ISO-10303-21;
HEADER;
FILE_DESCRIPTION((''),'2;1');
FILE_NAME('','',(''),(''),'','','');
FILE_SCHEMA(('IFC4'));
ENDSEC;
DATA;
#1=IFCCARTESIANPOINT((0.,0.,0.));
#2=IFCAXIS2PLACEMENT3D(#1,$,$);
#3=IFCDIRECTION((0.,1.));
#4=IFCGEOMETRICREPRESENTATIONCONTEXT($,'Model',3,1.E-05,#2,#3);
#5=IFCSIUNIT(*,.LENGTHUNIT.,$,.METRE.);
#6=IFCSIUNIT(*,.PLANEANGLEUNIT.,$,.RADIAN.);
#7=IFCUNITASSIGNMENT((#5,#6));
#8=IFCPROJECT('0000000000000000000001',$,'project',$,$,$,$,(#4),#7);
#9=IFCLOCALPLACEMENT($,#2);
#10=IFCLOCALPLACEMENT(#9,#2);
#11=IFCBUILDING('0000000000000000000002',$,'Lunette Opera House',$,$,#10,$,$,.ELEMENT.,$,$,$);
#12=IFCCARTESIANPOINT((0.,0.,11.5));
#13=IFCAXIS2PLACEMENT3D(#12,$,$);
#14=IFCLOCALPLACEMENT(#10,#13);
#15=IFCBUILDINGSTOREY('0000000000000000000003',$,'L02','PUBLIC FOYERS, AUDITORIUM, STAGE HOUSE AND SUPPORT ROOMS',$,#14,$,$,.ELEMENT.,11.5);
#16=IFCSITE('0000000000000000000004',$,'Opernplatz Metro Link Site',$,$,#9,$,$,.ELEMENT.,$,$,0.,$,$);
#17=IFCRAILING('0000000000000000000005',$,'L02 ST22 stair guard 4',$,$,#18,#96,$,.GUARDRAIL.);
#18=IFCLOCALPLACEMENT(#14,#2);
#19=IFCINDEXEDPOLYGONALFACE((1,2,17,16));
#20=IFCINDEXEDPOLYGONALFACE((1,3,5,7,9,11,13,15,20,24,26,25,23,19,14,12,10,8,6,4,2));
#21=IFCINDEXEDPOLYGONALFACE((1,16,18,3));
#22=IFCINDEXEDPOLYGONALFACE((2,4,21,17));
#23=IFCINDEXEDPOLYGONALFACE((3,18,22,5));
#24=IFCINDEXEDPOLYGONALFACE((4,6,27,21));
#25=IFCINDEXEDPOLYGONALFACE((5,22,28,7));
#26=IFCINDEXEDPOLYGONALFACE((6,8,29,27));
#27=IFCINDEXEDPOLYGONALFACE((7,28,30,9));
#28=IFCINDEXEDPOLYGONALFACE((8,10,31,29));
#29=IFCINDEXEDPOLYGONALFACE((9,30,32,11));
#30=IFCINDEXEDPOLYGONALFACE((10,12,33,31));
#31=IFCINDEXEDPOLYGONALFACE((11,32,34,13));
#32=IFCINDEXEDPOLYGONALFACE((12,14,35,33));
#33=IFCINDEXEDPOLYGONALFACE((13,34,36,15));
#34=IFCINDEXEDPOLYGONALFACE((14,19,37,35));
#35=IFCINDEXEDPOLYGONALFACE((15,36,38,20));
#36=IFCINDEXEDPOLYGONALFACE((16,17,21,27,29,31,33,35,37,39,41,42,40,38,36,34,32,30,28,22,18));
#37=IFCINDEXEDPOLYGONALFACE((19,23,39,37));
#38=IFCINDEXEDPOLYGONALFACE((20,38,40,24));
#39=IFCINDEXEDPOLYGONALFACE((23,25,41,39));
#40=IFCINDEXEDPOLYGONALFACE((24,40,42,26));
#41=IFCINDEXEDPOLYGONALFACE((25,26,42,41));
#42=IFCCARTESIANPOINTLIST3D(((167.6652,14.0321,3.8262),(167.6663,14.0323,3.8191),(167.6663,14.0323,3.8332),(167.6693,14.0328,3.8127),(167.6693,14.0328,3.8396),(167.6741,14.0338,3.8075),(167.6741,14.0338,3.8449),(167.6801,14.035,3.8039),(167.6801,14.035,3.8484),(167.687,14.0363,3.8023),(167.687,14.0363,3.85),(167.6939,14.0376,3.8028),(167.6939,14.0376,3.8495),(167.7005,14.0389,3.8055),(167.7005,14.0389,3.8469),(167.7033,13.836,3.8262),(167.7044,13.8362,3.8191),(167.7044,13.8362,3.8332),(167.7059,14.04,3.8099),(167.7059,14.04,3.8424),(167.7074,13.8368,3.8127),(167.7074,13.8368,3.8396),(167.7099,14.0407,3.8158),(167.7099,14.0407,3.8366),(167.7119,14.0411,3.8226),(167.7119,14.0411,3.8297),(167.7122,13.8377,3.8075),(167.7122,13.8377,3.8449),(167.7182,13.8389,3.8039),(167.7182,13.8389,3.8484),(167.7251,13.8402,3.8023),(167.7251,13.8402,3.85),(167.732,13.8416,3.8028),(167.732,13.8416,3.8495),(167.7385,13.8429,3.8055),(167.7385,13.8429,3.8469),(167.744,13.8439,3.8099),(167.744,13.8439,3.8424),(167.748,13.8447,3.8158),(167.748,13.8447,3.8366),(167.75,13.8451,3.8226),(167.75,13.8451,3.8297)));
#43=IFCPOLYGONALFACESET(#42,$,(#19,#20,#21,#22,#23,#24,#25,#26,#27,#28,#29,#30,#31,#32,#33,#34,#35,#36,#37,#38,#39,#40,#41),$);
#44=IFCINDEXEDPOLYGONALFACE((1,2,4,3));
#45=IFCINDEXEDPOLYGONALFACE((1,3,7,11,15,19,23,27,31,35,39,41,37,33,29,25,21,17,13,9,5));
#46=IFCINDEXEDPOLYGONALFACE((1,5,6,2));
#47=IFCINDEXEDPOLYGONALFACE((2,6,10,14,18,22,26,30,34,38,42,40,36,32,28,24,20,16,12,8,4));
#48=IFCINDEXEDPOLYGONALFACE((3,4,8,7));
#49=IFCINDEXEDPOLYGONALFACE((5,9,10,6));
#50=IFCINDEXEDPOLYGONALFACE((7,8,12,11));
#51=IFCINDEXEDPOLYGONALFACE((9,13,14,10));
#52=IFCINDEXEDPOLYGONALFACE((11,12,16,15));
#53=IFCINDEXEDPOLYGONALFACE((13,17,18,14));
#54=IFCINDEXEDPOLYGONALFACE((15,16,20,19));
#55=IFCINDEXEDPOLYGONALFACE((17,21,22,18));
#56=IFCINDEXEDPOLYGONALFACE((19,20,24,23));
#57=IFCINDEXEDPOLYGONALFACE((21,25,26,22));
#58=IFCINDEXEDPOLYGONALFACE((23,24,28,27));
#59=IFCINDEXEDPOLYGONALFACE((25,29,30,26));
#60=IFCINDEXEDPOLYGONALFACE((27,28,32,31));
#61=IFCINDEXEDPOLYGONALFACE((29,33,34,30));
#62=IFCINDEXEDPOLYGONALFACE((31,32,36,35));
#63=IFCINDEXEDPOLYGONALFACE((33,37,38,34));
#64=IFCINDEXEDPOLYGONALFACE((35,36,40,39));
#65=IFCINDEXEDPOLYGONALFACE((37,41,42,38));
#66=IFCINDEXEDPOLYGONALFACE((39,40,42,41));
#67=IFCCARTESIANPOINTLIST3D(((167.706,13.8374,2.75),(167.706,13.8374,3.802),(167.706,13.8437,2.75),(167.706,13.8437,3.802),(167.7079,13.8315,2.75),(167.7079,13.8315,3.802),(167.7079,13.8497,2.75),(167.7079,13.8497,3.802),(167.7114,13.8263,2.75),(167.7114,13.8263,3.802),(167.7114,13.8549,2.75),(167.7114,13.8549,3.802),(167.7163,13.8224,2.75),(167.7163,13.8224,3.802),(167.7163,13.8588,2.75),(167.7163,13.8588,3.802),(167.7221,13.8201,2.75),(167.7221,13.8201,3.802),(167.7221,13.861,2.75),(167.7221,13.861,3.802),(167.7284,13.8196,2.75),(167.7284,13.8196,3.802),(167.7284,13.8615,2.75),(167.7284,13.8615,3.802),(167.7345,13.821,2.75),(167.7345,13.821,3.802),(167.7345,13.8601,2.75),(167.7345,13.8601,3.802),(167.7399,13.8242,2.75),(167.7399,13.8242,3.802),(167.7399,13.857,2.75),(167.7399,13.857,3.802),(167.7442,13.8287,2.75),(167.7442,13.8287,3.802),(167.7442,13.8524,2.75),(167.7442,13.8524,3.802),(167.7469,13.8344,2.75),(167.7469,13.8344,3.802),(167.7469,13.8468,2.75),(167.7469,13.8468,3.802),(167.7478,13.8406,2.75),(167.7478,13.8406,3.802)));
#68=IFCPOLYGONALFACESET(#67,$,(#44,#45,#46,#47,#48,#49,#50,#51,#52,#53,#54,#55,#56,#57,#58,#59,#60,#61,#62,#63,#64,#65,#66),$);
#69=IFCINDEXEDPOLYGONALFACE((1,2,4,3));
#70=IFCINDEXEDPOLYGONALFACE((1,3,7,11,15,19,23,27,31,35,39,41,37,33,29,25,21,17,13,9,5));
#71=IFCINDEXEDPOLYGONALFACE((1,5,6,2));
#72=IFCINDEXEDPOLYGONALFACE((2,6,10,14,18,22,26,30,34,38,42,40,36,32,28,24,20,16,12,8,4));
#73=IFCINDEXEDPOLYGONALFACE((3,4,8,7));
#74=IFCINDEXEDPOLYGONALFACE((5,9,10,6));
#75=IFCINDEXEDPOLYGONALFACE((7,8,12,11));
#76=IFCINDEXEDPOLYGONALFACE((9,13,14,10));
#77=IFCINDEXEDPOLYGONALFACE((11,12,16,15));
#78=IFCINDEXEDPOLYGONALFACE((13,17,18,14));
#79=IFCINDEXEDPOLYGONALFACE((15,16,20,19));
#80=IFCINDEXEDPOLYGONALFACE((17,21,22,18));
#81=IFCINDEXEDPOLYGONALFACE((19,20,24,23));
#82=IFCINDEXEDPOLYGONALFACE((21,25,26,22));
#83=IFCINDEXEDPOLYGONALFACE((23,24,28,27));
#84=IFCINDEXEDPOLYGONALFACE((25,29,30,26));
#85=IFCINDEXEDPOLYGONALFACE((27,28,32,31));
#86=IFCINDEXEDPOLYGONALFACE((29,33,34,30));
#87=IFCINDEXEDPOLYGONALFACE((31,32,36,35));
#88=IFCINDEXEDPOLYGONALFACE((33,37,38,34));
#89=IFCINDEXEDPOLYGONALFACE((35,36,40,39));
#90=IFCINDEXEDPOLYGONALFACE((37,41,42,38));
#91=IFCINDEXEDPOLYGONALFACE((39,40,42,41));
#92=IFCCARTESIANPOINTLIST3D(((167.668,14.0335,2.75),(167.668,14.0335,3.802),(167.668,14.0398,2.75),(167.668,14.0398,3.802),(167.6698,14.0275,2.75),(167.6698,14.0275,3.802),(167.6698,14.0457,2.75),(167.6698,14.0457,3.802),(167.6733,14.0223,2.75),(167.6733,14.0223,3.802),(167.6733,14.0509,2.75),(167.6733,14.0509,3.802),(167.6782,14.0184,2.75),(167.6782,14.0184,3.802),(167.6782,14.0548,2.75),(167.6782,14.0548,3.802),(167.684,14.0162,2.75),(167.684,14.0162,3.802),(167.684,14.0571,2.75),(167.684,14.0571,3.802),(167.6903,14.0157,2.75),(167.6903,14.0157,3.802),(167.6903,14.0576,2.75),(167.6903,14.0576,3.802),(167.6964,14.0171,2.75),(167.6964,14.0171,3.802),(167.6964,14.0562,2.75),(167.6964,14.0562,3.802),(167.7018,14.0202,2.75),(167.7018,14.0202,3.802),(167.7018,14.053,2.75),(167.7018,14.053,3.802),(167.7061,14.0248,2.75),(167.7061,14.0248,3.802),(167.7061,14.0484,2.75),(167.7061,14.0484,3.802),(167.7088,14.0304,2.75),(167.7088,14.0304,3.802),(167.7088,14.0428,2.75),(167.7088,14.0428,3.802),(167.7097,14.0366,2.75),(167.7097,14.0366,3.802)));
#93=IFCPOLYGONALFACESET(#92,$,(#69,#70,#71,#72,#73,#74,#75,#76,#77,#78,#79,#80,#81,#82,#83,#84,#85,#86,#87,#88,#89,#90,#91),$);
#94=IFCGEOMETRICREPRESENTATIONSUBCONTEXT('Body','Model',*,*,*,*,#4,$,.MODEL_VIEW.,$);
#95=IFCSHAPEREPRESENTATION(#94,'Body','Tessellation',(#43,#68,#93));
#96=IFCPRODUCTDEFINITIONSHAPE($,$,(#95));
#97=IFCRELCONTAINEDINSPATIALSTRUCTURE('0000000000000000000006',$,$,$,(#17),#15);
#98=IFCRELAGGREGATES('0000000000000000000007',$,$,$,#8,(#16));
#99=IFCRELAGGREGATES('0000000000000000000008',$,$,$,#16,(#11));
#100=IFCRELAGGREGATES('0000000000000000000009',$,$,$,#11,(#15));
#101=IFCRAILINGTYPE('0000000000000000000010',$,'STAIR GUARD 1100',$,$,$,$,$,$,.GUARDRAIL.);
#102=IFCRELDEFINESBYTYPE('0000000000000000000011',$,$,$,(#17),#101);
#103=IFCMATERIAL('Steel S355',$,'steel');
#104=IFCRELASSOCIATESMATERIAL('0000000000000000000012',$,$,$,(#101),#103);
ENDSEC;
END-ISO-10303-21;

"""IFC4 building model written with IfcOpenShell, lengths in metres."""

from ifc_helpers import new_model, si_unit, direction, frame, origin, origin_2d, place, context, subcontext, project, spatial, circle, extrude, material, type_object, element, save


model = new_model("IFC4")

# Units and contexts
model_context = context("Model", 3, precision=1e-05, world=origin(), true_north=direction((0.0, 1.0)))
body_context = subcontext(model_context, "Body", "Model", "MODEL_VIEW")
ifc_project = project(units=[si_unit("LENGTHUNIT", "METRE"), si_unit("PLANEANGLEUNIT", "RADIAN")], contexts=[model_context])

# Site, building, storey
site_placement = place(None, origin())
site = spatial("IfcSite", under=ifc_project, at=site_placement, Name="Opernplatz Metro Link Site", CompositionType="ELEMENT", RefElevation=0.0)
building_placement = place(site_placement, origin())
building = spatial("IfcBuilding", under=site, at=building_placement, Name="Lunette Opera House", CompositionType="ELEMENT")
storey_placement = place(building_placement, frame((0.0, 0.0, 11.5)))
storey = spatial("IfcBuildingStorey", under=building, at=storey_placement, Name="L02", Description="PUBLIC FOYERS, AUDITORIUM, STAGE HOUSE AND SUPPORT ROOMS", CompositionType="ELEMENT", Elevation=11.5)

# Railing
ifc_material_1 = material(Name="Steel S355", Category="steel")
railing_type_1 = type_object("IfcRailingType", Name="STAIR GUARD 1100", PredefinedType="GUARDRAIL", material=ifc_material_1)
railing_1_placement = place(storey_placement, frame((167.7268, 13.8406, 2.75)))
element("IfcRailing", 1, at=railing_1_placement, inside=storey, type_object=railing_type_1, Name="L02 ST22 stair guard 4", PredefinedType="GUARDRAIL", context=body_context, shape_type="SweptSolid", body=[
    extrude(circle(Radius=0.0239, at=origin_2d()), frame((0.0, 0.0, 1.0762), z_axis=(-0.190706, 0.981647, 0.0), x_axis=(-0.981647, -0.190706, 0.0)), (0.0, 0.0, 1.0), 0.1997),
    extrude(circle(Radius=0.021, at=origin_2d()), origin(), (0.0, 0.0, 1.0), 1.052),
    extrude(circle(Radius=0.021, at=origin_2d()), frame((-0.0381, 0.196, 0.0)), (0.0, 0.0, 1.0), 1.052),
])

save(model, "model.ifc")
